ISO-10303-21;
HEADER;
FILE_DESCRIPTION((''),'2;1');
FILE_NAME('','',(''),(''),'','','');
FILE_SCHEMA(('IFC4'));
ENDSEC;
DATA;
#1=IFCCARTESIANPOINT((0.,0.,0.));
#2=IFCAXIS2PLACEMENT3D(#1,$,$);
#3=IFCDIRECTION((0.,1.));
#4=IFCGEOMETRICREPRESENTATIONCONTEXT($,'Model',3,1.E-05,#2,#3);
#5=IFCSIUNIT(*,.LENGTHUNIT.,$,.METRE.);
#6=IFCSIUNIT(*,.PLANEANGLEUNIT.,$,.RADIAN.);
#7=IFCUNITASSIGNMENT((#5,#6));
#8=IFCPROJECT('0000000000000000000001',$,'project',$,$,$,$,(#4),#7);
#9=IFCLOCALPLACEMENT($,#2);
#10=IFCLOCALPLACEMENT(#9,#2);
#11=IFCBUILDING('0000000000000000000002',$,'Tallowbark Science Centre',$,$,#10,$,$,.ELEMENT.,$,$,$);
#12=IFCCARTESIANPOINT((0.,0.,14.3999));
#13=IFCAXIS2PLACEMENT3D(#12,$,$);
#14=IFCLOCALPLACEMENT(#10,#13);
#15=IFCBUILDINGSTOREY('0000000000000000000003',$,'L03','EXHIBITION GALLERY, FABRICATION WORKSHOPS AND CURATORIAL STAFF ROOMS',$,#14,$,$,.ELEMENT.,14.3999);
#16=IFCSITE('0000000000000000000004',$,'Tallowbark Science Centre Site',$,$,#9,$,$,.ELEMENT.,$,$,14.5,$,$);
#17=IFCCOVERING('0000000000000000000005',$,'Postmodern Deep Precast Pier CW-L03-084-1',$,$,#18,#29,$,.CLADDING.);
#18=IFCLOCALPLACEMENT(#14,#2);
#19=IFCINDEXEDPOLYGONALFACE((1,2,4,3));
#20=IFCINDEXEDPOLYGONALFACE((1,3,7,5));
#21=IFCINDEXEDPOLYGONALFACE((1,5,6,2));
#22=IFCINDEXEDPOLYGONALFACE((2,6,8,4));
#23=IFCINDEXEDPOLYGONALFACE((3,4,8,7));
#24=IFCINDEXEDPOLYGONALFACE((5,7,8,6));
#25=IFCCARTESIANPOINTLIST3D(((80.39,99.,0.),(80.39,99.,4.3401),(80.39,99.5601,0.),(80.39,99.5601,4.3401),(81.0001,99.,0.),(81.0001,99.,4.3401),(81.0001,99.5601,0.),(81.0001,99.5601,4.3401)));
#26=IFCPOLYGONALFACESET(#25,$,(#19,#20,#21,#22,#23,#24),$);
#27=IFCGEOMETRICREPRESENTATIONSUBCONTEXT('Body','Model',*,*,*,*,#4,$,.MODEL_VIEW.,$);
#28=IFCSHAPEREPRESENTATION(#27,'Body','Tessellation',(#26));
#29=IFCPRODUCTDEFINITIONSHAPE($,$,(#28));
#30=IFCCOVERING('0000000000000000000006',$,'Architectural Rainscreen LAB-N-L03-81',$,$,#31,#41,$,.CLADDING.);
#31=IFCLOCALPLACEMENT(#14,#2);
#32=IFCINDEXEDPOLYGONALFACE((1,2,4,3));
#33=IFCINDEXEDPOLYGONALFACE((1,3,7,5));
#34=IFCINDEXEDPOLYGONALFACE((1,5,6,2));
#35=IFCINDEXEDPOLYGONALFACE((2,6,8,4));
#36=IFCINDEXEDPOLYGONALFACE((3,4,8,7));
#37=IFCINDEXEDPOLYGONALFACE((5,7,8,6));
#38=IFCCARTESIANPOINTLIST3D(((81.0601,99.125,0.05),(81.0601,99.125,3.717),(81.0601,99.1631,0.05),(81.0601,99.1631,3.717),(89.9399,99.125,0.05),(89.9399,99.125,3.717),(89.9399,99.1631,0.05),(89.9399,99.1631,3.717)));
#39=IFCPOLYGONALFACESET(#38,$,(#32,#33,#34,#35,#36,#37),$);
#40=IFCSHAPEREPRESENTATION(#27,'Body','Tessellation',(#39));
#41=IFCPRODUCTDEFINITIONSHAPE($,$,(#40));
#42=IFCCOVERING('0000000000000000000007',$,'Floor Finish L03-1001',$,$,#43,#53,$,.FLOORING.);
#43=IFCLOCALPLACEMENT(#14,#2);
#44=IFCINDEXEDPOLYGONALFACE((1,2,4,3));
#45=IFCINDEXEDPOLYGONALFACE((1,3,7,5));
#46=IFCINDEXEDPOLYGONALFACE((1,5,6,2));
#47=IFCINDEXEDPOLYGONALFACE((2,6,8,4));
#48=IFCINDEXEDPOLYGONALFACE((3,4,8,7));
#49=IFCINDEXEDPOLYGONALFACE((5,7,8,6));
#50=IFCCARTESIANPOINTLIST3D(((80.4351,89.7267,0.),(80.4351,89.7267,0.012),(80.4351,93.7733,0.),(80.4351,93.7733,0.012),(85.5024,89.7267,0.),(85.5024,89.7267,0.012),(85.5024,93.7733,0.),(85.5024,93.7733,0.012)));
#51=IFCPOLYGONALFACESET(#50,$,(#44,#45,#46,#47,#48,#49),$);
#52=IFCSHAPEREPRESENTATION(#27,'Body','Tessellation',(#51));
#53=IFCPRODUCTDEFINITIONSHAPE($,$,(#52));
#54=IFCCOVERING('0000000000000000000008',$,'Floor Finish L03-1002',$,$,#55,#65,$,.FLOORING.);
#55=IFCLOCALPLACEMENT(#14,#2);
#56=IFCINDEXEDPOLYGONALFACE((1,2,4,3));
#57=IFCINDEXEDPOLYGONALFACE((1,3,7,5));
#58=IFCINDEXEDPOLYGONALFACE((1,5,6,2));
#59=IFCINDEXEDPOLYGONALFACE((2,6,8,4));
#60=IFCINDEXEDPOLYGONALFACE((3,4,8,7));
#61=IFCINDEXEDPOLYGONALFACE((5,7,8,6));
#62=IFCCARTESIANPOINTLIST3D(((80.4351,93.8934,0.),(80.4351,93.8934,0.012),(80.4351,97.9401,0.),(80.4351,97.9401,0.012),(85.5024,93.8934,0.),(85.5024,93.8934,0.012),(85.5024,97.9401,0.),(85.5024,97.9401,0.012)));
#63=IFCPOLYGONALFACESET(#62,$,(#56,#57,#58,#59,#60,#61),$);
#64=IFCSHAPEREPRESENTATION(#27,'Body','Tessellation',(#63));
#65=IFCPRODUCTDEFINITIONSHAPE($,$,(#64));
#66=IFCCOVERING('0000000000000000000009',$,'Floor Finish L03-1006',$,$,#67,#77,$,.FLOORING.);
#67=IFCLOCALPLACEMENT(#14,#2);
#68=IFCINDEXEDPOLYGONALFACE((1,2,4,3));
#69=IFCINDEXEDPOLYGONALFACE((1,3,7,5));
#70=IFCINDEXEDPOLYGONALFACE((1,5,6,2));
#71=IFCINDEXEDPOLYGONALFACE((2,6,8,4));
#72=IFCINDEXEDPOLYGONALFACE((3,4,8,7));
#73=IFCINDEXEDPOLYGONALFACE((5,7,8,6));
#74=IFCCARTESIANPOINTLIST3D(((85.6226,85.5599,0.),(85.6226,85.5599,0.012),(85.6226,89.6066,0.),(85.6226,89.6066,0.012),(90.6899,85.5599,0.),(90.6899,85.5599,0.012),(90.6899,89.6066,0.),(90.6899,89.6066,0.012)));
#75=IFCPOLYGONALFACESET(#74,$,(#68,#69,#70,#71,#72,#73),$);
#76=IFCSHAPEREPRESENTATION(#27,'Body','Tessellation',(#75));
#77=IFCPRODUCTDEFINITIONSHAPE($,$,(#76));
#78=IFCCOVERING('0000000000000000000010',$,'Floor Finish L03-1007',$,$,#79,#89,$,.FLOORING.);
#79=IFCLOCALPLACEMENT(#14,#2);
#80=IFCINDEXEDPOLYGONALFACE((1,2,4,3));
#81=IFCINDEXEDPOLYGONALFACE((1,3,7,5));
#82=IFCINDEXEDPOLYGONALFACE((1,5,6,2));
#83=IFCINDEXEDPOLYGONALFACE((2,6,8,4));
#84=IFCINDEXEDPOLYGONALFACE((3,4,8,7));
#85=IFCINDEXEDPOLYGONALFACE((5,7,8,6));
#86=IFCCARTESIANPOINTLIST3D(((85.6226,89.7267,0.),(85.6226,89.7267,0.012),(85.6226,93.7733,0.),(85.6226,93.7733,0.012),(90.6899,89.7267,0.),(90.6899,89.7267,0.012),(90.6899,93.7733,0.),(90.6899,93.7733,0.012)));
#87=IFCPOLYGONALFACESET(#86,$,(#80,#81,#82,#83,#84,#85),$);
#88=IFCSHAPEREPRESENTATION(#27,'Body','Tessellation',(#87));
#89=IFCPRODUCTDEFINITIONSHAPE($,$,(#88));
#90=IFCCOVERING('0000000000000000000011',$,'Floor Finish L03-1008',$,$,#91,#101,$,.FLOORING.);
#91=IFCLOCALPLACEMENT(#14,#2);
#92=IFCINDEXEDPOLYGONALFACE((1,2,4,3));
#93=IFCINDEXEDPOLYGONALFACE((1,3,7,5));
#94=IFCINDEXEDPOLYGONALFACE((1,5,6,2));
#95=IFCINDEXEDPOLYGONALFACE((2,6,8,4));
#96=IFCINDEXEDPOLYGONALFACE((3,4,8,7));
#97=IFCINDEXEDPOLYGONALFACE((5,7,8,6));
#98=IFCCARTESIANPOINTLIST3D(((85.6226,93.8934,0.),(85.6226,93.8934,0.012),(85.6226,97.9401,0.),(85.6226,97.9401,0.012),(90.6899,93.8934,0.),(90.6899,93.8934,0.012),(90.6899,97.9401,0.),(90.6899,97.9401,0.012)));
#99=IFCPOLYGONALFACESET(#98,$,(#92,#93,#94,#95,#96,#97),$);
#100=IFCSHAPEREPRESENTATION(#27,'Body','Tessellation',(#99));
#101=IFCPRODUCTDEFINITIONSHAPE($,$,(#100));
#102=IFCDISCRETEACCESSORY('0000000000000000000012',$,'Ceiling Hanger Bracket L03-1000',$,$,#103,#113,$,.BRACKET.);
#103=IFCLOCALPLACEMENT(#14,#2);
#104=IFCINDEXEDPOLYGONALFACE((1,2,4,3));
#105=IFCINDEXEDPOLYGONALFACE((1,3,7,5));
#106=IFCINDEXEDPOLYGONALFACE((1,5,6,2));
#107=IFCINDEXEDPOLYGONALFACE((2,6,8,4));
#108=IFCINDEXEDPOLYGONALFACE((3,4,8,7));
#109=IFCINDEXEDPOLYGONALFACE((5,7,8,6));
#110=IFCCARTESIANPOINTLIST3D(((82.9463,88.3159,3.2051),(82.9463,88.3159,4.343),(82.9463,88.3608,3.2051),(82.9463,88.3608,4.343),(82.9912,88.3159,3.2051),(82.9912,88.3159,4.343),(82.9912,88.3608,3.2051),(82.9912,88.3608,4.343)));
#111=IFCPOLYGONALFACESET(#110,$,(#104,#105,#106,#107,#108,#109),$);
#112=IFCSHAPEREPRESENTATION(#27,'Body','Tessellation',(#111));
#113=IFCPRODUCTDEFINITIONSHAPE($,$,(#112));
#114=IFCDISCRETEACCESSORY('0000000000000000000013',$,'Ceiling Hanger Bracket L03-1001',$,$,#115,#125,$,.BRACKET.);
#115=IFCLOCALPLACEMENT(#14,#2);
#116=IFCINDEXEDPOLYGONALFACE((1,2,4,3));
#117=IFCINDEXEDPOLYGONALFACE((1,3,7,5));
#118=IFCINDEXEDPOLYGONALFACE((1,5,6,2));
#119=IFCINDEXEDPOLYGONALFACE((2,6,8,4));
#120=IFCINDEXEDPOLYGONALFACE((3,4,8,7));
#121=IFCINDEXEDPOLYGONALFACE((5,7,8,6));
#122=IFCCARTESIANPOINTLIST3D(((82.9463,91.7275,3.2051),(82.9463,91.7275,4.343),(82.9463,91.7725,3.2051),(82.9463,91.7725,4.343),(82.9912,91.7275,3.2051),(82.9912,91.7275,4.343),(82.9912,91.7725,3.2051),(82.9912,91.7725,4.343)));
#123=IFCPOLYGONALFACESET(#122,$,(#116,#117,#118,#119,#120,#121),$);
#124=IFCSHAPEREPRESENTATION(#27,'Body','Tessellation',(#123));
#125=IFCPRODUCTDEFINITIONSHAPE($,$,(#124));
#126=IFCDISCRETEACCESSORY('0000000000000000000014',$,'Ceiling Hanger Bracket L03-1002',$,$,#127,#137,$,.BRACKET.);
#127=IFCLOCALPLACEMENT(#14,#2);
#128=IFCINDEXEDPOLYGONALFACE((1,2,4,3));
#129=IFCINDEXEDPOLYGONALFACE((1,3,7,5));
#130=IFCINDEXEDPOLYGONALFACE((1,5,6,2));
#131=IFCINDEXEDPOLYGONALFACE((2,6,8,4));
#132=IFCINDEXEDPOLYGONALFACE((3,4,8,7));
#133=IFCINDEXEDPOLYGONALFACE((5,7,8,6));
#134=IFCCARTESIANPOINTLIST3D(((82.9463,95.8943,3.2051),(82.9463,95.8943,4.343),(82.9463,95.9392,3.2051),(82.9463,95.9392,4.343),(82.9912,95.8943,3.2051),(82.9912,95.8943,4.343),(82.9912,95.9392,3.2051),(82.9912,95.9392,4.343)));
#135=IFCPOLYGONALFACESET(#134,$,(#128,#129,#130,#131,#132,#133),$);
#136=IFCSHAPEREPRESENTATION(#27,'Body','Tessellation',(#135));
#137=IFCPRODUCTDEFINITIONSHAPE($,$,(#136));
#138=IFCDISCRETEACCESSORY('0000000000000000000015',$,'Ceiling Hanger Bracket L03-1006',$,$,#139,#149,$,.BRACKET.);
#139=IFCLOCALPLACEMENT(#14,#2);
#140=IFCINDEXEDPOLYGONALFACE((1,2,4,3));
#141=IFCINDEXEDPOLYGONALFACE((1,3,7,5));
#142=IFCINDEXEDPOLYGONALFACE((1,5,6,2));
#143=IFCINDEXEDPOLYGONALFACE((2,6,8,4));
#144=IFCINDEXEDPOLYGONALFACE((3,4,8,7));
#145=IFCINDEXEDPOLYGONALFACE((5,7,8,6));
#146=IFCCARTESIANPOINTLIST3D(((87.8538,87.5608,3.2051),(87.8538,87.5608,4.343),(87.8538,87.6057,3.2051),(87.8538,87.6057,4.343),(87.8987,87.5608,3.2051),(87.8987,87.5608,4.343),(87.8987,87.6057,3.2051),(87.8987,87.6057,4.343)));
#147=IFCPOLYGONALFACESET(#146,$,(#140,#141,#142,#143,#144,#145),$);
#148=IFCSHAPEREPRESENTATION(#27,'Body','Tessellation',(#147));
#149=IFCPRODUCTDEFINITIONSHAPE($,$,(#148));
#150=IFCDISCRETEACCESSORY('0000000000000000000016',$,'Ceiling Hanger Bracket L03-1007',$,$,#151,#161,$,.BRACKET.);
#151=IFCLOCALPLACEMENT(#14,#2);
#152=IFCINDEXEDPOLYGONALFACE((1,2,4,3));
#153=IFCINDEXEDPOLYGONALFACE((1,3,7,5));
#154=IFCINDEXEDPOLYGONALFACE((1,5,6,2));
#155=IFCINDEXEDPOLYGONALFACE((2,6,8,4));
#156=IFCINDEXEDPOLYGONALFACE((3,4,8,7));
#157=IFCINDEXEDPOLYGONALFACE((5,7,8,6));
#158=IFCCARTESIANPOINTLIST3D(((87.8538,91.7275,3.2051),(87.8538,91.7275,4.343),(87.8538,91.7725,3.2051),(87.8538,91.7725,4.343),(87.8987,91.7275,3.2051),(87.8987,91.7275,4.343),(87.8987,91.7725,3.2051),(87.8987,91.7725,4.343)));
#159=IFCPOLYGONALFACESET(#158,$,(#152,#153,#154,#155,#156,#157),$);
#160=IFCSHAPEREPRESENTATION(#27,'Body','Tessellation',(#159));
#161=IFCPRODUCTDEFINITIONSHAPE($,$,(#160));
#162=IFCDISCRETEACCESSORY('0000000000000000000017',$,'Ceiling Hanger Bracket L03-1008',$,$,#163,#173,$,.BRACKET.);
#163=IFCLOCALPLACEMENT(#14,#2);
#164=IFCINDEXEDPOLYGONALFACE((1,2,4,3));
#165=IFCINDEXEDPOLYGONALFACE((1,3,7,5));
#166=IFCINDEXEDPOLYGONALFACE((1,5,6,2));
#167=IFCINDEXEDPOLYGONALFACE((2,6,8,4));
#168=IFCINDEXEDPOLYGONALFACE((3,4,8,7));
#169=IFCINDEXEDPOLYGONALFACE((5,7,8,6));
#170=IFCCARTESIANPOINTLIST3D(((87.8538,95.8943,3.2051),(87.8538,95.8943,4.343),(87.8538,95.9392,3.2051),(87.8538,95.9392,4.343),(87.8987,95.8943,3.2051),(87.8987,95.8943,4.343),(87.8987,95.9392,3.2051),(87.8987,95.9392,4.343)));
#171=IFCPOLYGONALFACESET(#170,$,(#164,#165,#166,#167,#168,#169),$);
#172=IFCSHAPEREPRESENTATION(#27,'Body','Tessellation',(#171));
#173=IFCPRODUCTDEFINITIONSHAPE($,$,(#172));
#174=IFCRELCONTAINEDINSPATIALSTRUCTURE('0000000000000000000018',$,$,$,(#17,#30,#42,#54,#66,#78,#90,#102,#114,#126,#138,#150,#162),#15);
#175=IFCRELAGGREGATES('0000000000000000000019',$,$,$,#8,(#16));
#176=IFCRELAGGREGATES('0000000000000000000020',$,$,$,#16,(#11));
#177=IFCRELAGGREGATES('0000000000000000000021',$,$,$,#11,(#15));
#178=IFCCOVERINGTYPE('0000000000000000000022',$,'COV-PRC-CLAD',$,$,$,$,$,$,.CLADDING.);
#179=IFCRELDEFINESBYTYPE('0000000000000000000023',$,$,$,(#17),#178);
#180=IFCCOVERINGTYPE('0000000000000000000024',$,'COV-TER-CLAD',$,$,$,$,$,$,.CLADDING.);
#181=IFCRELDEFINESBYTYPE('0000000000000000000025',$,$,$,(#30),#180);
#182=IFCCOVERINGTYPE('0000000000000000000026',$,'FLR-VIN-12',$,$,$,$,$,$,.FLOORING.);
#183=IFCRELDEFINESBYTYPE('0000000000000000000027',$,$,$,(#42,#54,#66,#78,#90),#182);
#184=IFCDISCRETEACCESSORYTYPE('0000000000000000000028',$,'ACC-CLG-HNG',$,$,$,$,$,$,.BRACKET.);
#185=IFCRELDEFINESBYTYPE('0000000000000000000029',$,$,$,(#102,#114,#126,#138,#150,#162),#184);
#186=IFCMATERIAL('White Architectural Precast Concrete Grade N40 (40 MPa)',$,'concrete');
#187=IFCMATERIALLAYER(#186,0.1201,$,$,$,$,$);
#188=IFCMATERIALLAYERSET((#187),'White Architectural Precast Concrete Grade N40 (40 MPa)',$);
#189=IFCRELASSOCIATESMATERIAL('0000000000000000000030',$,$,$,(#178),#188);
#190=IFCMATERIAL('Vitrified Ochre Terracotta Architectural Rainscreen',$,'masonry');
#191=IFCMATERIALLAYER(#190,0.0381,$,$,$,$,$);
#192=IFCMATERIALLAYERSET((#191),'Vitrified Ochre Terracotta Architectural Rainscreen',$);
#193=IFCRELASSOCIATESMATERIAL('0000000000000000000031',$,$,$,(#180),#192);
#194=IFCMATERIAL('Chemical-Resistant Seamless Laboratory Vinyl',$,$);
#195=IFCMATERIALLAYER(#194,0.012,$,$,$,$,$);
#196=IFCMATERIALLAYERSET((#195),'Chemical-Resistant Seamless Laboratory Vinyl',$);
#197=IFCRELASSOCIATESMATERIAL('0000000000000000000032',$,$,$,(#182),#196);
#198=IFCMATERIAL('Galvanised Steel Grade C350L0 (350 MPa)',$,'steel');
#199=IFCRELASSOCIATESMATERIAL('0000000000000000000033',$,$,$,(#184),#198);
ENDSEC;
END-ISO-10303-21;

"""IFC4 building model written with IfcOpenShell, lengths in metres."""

from ifc_helpers import new_model, si_unit, direction, frame, origin, origin_2d, place, context, subcontext, project, spatial, rectangle, extrude, material, layer, layer_set, type_object, element, save


model = new_model("IFC4")

# Units and contexts
model_context = context("Model", 3, precision=1e-05, world=origin(), true_north=direction((0.0, 1.0)))
body_context = subcontext(model_context, "Body", "Model", "MODEL_VIEW")
ifc_project = project(units=[si_unit("LENGTHUNIT", "METRE"), si_unit("PLANEANGLEUNIT", "RADIAN")], contexts=[model_context])

# Site, building, storey
site_placement = place(None, origin())
site = spatial("IfcSite", under=ifc_project, at=site_placement, Name="Tallowbark Science Centre Site", CompositionType="ELEMENT", RefElevation=14.5)
building_placement = place(site_placement, origin())
building = spatial("IfcBuilding", under=site, at=building_placement, Name="Tallowbark Science Centre", CompositionType="ELEMENT")
storey_placement = place(building_placement, frame((0.0, 0.0, 14.3999)))
storey = spatial("IfcBuildingStorey", under=building, at=storey_placement, Name="L03", Description="EXHIBITION GALLERY, FABRICATION WORKSHOPS AND CURATORIAL STAFF ROOMS", CompositionType="ELEMENT", Elevation=14.3999)

# Coverings
ifc_material_1 = material(Name="White Architectural Precast Concrete Grade N40 (40 MPa)", Category="concrete")
ifc_layer_1 = layer(ifc_material_1, 0.1201)
ifc_layer_set_1 = layer_set([ifc_layer_1], Name="White Architectural Precast Concrete Grade N40 (40 MPa)")
covering_type_1 = type_object("IfcCoveringType", Name="COV-PRC-CLAD", PredefinedType="CLADDING", material=ifc_layer_set_1)
covering_1_placement = place(storey_placement, frame((80.6951, 99.28, 0.0), z_axis=(0.0, 0.0, 1.0), x_axis=(-1.0, 0.0, 0.0)))
element("IfcCovering", 1, at=covering_1_placement, inside=storey, type_object=covering_type_1, Name="Postmodern Deep Precast Pier CW-L03-084-1", PredefinedType="CLADDING", context=body_context, shape_type="SweptSolid", body=[
    extrude(rectangle(XDim=0.6101, YDim=0.5601, at=origin_2d()), origin(), (0.0, 0.0, 1.0), 4.3401),
])
ifc_material_2 = material(Name="Vitrified Ochre Terracotta Architectural Rainscreen", Category="masonry")
ifc_layer_2 = layer(ifc_material_2, 0.0381)
ifc_layer_set_2 = layer_set([ifc_layer_2], Name="Vitrified Ochre Terracotta Architectural Rainscreen")
covering_type_2 = type_object("IfcCoveringType", Name="COV-TER-CLAD", PredefinedType="CLADDING", material=ifc_layer_set_2)
covering_2_placement = place(storey_placement, frame((85.5, 99.144, 0.05), z_axis=(0.0, 0.0, 1.0), x_axis=(-1.0, 0.0, 0.0)))
element("IfcCovering", 2, at=covering_2_placement, inside=storey, type_object=covering_type_2, Name="Architectural Rainscreen LAB-N-L03-81", PredefinedType="CLADDING", context=body_context, shape_type="SweptSolid", body=[
    extrude(rectangle(XDim=8.8799, YDim=0.0381, at=origin_2d()), origin(), (0.0, 0.0, 1.0), 3.667),
])
ifc_material_3 = material(Name="Chemical-Resistant Seamless Laboratory Vinyl")
ifc_layer_3 = layer(ifc_material_3, 0.012)
ifc_layer_set_3 = layer_set([ifc_layer_3], Name="Chemical-Resistant Seamless Laboratory Vinyl")
covering_type_3 = type_object("IfcCoveringType", Name="FLR-VIN-12", PredefinedType="FLOORING", material=ifc_layer_set_3)
for number, where, z_axis, x_axis, name in (
    (3, (82.9688, 91.75, 0.0), (0.0, 0.0, 1.0), (1.0, 0.0, 0.0), "Floor Finish L03-1001"),
    (4, (82.9688, 95.9167, 0.0), (0.0, 0.0, 1.0), (1.0, 0.0, 0.0), "Floor Finish L03-1002"),
    (5, (88.1562, 87.5833, 0.0), (0.0, 0.0, 1.0), (1.0, 0.0, 0.0), "Floor Finish L03-1006"),
    (6, (88.1562, 91.75, 0.0), (0.0, 0.0, 1.0), (1.0, 0.0, 0.0), "Floor Finish L03-1007"),
    (7, (88.1562, 95.9167, 0.0), (0.0, 0.0, 1.0), (1.0, 0.0, 0.0), "Floor Finish L03-1008"),
):
    element("IfcCovering", number, at=place(storey_placement, frame(where, z_axis=z_axis, x_axis=x_axis)), inside=storey, type_object=covering_type_3, Name=name, PredefinedType="FLOORING", context=body_context, shape_type="SweptSolid", body=[
        extrude(rectangle(XDim=5.0674, YDim=4.0466, at=origin_2d()), origin(), (0.0, 0.0, 1.0), 0.012),
    ])

# Discrete accessories
ifc_material_4 = material(Name="Galvanised Steel Grade C350L0 (350 MPa)", Category="steel")
discrete_accessory_type = type_object("IfcDiscreteAccessoryType", Name="ACC-CLG-HNG", PredefinedType="BRACKET", material=ifc_material_4)
for number, where, z_axis, x_axis, name in (
    (8, (82.9688, 88.3384, 3.2051), (0.0, 0.0, 1.0), (1.0, 0.0, 0.0), "Ceiling Hanger Bracket L03-1000"),
    (9, (82.9688, 91.75, 3.2051), (0.0, 0.0, 1.0), (1.0, 0.0, 0.0), "Ceiling Hanger Bracket L03-1001"),
    (10, (82.9688, 95.9167, 3.2051), (0.0, 0.0, 1.0), (1.0, 0.0, 0.0), "Ceiling Hanger Bracket L03-1002"),
    (11, (87.8762, 87.5833, 3.2051), (0.0, 0.0, 1.0), (1.0, 0.0, 0.0), "Ceiling Hanger Bracket L03-1006"),
    (12, (87.8762, 91.75, 3.2051), (0.0, 0.0, 1.0), (1.0, 0.0, 0.0), "Ceiling Hanger Bracket L03-1007"),
    (13, (87.8762, 95.9167, 3.2051), (0.0, 0.0, 1.0), (1.0, 0.0, 0.0), "Ceiling Hanger Bracket L03-1008"),
):
    element("IfcDiscreteAccessory", number, at=place(storey_placement, frame(where, z_axis=z_axis, x_axis=x_axis)), inside=storey, type_object=discrete_accessory_type, Name=name, PredefinedType="BRACKET", context=body_context, shape_type="SweptSolid", body=[
        extrude(rectangle(XDim=0.0449, YDim=0.0449, at=origin_2d()), origin(), (0.0, 0.0, 1.0), 1.1379),
    ])

save(model, "model.ifc")
